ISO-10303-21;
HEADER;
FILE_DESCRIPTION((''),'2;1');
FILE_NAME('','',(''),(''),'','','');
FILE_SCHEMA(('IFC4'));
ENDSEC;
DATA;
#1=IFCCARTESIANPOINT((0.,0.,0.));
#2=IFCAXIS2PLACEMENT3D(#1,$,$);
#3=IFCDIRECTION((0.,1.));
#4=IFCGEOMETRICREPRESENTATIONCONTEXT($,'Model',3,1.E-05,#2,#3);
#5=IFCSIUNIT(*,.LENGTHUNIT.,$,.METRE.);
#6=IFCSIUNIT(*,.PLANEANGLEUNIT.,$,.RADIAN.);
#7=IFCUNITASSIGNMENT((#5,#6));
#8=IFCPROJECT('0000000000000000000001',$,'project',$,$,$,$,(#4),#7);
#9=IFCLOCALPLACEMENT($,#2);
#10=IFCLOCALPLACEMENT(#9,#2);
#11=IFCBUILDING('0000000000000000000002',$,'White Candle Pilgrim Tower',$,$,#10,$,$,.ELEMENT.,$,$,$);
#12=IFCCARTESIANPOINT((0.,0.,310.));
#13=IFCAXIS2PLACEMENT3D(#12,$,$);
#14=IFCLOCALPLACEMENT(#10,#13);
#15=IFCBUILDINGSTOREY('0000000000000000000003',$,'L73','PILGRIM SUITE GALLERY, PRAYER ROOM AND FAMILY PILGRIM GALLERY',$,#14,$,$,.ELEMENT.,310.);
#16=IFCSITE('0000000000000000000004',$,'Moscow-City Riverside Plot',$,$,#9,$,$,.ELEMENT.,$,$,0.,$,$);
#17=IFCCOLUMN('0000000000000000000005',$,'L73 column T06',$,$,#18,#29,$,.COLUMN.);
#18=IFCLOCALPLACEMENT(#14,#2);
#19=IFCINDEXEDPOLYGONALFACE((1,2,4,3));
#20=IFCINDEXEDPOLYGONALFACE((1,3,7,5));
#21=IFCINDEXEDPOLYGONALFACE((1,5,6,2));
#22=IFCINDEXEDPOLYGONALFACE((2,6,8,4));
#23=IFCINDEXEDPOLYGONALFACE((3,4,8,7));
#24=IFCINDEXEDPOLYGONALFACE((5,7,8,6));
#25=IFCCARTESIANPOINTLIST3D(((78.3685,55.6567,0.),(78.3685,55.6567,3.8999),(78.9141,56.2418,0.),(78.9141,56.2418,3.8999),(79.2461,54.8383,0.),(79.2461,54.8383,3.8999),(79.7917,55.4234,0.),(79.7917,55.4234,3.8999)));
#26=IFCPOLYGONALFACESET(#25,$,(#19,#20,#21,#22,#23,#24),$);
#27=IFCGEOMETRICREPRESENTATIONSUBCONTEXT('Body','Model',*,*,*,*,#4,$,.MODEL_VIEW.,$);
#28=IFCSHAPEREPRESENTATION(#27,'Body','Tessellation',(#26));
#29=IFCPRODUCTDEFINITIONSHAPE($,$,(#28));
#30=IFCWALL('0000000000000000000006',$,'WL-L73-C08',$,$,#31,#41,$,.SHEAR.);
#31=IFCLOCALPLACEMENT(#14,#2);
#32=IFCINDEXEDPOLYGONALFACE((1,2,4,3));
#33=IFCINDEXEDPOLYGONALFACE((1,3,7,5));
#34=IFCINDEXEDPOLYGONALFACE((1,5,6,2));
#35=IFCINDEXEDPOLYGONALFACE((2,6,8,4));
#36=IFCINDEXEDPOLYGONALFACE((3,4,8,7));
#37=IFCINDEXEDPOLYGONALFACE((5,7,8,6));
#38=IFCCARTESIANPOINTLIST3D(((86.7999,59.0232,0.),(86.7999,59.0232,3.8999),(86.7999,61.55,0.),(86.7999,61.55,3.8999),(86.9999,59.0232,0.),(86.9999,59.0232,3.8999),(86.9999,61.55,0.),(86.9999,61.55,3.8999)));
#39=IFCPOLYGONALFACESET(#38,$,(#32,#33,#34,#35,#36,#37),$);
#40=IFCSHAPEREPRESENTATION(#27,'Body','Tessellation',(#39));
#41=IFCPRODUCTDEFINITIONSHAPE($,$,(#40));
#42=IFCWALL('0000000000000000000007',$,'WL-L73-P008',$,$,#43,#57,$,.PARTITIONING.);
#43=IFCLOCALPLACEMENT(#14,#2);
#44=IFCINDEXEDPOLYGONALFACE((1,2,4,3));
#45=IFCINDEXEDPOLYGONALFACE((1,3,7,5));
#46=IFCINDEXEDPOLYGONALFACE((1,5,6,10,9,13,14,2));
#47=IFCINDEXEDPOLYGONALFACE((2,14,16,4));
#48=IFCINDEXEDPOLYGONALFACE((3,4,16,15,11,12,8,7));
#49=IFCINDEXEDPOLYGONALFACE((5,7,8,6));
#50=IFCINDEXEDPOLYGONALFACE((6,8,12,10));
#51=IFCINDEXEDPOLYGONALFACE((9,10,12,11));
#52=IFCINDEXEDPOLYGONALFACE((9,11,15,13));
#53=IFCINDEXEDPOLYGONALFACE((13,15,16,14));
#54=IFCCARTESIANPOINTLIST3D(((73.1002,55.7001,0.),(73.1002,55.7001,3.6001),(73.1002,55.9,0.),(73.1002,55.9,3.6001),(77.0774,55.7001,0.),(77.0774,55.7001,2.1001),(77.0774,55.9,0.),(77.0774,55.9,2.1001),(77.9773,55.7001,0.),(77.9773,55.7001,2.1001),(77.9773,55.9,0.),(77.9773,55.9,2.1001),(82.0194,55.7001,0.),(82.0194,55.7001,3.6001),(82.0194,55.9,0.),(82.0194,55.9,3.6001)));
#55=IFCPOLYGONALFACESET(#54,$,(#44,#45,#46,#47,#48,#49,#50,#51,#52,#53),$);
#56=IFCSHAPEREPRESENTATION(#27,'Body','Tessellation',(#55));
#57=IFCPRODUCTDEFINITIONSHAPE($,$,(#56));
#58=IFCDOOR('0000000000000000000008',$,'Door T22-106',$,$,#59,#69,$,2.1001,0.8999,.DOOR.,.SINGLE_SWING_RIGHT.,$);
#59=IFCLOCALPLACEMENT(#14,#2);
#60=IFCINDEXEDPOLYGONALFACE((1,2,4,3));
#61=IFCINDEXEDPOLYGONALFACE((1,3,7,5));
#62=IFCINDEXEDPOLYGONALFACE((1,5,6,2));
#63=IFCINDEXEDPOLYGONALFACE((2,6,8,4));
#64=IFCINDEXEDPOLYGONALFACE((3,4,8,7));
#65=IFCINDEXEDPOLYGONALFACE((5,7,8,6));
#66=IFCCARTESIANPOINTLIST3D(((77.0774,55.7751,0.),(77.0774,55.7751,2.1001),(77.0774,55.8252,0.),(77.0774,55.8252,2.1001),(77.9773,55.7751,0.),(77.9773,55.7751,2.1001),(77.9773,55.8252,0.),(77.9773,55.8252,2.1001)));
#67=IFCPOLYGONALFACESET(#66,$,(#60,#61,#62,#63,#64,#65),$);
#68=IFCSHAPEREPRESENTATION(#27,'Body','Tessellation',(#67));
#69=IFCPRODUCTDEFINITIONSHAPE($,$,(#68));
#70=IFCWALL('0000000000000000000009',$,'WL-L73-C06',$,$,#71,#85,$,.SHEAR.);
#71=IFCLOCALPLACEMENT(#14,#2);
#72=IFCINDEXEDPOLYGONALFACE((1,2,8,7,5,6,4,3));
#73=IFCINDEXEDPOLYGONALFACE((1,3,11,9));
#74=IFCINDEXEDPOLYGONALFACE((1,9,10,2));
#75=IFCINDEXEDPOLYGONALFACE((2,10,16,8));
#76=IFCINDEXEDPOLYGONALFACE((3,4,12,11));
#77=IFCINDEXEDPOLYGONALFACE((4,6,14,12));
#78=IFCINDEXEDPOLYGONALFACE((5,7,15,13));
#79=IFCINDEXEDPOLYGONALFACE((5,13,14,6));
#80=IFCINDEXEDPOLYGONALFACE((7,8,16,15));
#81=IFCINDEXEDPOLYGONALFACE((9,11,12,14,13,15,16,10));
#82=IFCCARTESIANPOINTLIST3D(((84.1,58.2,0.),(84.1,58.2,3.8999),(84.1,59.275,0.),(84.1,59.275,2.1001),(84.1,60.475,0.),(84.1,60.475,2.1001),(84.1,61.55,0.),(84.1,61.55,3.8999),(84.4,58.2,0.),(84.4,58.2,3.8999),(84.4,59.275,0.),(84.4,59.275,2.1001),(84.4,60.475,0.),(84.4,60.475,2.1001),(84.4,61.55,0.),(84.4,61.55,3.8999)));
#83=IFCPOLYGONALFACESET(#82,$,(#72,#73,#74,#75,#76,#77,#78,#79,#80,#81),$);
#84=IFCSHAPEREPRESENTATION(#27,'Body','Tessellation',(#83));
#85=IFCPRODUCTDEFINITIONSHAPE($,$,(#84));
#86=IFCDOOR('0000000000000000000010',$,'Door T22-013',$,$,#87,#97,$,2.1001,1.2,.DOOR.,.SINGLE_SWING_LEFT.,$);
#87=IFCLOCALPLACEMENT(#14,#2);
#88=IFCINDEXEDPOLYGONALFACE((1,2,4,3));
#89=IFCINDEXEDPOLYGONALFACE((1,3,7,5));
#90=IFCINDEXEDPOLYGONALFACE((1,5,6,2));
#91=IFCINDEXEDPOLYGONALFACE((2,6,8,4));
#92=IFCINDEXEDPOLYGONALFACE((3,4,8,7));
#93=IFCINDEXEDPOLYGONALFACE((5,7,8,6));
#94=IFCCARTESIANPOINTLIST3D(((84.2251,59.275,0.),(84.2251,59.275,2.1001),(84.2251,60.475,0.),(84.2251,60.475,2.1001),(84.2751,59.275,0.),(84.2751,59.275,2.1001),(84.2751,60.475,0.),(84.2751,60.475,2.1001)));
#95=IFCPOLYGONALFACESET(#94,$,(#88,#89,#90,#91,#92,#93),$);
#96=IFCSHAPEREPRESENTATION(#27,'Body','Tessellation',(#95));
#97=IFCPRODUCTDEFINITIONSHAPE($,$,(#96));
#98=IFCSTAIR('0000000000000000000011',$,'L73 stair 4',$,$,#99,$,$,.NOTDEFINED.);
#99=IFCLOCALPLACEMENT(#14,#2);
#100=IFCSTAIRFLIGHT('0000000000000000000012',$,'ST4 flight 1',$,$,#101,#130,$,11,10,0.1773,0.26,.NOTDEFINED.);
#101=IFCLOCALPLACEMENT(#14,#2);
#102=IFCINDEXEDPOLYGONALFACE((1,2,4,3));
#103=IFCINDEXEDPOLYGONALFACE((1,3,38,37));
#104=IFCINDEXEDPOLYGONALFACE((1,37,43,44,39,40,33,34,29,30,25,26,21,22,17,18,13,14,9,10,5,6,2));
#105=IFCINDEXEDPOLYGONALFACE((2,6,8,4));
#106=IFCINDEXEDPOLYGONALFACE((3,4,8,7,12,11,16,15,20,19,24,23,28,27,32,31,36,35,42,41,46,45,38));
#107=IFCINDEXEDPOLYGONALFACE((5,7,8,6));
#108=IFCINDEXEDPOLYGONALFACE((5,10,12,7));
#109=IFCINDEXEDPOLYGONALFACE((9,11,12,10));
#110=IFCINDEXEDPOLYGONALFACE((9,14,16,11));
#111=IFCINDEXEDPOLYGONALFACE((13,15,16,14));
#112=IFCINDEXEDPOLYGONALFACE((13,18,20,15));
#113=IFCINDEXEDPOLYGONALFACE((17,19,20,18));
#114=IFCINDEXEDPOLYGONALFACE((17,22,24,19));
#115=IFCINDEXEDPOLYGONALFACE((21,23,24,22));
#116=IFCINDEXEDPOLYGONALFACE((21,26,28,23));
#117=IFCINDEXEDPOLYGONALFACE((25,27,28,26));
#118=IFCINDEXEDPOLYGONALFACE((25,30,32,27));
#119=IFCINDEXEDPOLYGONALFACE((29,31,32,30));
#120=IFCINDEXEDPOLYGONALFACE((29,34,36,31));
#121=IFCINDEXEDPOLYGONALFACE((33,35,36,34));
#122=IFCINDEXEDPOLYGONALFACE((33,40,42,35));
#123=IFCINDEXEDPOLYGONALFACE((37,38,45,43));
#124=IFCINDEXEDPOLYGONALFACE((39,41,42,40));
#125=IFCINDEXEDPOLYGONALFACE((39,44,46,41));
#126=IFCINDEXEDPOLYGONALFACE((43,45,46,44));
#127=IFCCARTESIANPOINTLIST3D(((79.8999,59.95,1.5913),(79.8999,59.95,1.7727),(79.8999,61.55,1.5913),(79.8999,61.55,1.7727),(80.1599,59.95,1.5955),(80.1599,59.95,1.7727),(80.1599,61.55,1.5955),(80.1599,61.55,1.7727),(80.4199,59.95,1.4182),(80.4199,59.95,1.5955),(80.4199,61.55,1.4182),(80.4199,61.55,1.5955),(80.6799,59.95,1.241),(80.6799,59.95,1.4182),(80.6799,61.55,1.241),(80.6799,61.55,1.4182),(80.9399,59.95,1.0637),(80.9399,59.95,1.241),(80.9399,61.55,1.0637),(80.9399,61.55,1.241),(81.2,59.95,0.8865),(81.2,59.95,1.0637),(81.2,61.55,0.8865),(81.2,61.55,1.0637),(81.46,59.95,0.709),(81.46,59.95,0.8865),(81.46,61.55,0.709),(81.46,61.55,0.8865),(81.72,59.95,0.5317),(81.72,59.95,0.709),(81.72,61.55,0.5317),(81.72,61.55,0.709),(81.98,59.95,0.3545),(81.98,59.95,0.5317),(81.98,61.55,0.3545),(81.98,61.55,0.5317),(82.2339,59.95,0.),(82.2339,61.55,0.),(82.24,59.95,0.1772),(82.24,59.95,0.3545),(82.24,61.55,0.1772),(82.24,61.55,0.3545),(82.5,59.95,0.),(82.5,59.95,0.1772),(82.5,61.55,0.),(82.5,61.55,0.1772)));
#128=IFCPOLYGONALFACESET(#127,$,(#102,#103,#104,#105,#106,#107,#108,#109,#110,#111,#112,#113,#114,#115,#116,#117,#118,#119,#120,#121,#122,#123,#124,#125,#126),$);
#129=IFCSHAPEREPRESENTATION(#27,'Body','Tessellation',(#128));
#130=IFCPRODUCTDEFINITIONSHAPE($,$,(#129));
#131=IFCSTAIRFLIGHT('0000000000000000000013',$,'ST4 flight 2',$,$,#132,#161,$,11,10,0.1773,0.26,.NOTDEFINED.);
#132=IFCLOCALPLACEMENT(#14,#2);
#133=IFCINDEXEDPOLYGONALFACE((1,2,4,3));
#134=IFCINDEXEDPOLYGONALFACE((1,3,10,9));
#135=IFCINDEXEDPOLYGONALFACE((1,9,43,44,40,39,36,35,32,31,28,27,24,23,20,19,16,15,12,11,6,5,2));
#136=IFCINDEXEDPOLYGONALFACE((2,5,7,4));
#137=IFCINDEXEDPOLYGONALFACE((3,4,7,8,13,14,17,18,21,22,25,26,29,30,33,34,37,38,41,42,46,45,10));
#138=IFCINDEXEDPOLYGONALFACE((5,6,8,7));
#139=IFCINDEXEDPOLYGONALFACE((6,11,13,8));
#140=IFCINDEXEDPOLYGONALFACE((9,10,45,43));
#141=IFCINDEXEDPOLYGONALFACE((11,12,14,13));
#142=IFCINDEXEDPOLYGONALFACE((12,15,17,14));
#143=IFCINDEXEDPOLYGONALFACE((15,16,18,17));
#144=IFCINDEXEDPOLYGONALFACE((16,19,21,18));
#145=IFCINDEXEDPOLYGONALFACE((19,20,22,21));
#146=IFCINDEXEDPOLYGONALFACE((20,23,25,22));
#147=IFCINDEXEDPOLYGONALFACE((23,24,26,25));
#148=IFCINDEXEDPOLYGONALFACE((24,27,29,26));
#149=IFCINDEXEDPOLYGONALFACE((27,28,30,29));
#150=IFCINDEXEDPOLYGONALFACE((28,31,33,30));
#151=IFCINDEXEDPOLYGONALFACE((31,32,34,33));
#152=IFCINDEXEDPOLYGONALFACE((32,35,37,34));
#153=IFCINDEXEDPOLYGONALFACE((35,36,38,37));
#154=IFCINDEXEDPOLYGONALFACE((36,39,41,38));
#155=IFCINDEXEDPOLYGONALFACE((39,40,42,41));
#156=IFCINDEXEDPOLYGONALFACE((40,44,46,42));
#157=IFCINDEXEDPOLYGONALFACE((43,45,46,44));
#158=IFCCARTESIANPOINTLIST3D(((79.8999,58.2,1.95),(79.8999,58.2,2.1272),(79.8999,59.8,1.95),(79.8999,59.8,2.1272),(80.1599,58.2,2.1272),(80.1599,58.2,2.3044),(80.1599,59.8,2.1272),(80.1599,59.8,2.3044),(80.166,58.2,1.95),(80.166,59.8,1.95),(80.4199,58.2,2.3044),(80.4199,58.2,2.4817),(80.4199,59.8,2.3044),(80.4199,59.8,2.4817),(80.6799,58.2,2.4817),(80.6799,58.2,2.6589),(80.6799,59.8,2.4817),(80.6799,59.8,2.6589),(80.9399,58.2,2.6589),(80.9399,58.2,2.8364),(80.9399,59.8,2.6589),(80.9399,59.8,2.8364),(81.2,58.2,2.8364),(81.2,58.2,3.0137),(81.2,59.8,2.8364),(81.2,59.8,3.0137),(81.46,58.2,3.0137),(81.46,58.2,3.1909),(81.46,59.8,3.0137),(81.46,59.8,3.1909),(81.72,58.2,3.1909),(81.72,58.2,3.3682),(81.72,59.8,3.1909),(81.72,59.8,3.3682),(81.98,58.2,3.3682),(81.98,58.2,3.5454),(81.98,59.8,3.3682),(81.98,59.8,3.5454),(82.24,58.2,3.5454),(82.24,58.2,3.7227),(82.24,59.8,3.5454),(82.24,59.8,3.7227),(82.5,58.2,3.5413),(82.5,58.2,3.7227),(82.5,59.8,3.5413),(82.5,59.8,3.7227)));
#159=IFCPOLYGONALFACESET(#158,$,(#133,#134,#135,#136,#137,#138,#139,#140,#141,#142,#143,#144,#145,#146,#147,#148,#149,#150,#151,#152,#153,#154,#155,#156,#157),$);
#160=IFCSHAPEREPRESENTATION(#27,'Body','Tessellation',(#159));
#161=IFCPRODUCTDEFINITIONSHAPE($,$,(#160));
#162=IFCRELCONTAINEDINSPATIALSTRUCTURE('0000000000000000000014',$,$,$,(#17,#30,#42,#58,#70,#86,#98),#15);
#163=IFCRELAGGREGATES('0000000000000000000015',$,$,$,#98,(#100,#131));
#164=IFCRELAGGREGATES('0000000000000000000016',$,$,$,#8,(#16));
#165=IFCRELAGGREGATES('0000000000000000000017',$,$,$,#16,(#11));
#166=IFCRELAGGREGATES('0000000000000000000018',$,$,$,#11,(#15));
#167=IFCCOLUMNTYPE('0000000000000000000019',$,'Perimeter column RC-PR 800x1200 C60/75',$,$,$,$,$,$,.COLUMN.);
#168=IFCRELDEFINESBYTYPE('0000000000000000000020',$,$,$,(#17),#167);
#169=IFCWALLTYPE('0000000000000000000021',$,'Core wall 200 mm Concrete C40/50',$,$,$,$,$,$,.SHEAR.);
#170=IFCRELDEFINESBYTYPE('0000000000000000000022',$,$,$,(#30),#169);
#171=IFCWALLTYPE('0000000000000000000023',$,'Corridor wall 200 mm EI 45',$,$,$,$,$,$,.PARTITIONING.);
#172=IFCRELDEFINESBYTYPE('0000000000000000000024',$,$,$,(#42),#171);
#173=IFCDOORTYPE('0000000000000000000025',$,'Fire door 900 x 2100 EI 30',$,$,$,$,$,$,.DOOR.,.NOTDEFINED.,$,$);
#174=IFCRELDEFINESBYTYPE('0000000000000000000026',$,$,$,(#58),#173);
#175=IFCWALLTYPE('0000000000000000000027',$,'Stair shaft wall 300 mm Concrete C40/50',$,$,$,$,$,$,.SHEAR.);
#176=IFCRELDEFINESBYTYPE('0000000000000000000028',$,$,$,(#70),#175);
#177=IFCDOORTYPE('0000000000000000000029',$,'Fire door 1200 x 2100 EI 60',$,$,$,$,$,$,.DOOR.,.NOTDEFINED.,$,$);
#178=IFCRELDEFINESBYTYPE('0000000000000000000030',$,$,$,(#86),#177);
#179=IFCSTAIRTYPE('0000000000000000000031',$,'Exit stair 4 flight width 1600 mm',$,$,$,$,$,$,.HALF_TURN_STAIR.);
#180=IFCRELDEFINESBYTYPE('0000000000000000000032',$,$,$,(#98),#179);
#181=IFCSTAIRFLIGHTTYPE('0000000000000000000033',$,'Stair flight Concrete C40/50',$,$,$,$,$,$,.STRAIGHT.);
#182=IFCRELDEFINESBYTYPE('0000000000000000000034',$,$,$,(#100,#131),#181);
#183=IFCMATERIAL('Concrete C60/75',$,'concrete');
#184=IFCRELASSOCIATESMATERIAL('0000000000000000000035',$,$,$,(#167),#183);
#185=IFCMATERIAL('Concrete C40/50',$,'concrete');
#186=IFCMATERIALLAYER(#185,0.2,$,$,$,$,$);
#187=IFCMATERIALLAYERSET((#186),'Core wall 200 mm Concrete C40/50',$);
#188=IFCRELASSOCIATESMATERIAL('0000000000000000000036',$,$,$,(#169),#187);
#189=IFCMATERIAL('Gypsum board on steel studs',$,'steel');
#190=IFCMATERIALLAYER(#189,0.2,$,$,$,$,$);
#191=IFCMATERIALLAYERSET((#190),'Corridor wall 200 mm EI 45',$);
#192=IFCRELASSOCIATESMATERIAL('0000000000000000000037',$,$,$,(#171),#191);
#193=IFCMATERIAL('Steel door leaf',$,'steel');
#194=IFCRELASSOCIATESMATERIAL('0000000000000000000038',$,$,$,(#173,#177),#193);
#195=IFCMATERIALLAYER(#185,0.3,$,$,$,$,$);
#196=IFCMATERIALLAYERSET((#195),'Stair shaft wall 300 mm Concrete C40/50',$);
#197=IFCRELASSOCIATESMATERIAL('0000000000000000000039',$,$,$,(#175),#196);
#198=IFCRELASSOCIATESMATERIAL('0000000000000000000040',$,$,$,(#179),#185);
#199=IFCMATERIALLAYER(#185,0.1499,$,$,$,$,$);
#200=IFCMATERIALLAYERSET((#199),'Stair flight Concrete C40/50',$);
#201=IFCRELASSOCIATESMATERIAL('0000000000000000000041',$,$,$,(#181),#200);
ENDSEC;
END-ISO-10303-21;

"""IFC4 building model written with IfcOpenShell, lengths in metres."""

from ifc_helpers import new_model, si_unit, direction, frame, frame_2d, origin, origin_2d, place, context, subcontext, project, spatial, polyline, rectangle, outline, extrude, material, layer, layer_set, material_profile, profile_set, type_object, element, fill, aggregate, save


model = new_model("IFC4")

# Units and contexts
model_context = context("Model", 3, precision=1e-05, world=origin(), true_north=direction((0.0, 1.0)))
body_context = subcontext(model_context, "Body", "Model", "MODEL_VIEW")
ifc_project = project(units=[si_unit("LENGTHUNIT", "METRE"), si_unit("PLANEANGLEUNIT", "RADIAN")], contexts=[model_context])

# Site, building, storey
site_placement = place(None, origin())
site = spatial("IfcSite", under=ifc_project, at=site_placement, Name="Moscow-City Riverside Plot", CompositionType="ELEMENT", RefElevation=0.0)
building_placement = place(site_placement, origin())
building = spatial("IfcBuilding", under=site, at=building_placement, Name="White Candle Pilgrim Tower", CompositionType="ELEMENT")
storey_placement = place(building_placement, frame((0.0, 0.0, 310.0)))
storey = spatial("IfcBuildingStorey", under=building, at=storey_placement, Name="L73", Description="PILGRIM SUITE GALLERY, PRAYER ROOM AND FAMILY PILGRIM GALLERY", CompositionType="ELEMENT", Elevation=310.0)

# Column
ifc_material_1 = material(Name="Concrete C60/75", Category="concrete")
ifc_material_profile = material_profile(ifc_material_1, rectangle(XDim=0.8, YDim=1.2, at=origin_2d()), Name="RC-PR 800x1200")
ifc_profile_set = profile_set([ifc_material_profile], Name="Concrete C60/75")
column_type = type_object("IfcColumnType", Name="Perimeter column RC-PR 800x1200 C60/75", PredefinedType="COLUMN", material=ifc_profile_set)
column_placement = place(storey_placement, frame((79.0801, 55.54, 0.0), z_axis=(0.0, 0.0, 1.0), x_axis=(-0.681998, -0.731354, 0.0)))
element("IfcColumn", 1, at=column_placement, inside=storey, type_object=column_type, Name="L73 column T06", PredefinedType="COLUMN", context=body_context, shape_type="SweptSolid", body=[
    extrude(rectangle(XDim=0.8, YDim=1.2, at=origin_2d()), origin(), (0.0, 0.0, 1.0), 3.8999),
])

# Wall
ifc_material_2 = material(Name="Concrete C40/50", Category="concrete")
ifc_layer_1 = layer(ifc_material_2, 0.2)
ifc_layer_set_1 = layer_set([ifc_layer_1], Name="Core wall 200 mm Concrete C40/50")
wall_type_1 = type_object("IfcWallType", Name="Core wall 200 mm Concrete C40/50", PredefinedType="SHEAR", material=ifc_layer_set_1)
wall_1_placement = place(storey_placement, frame((86.8999, 59.0232, 0.0), z_axis=(0.0, 0.0, 1.0), x_axis=(0.0, 1.0, 0.0)))
element("IfcWall", 2, at=wall_1_placement, inside=storey, type_object=wall_type_1, Name="WL-L73-C08", PredefinedType="SHEAR", context=body_context, shape_type="SweptSolid", body=[
    extrude(rectangle(XDim=2.5269, YDim=0.2, at=frame_2d((1.2634, 0.0))), origin(), (0.0, 0.0, 1.0), 3.8999),
])

# Walls, openings, doors
ifc_material_3 = material(Name="Gypsum board on steel studs", Category="steel")
ifc_layer_2 = layer(ifc_material_3, 0.2)
ifc_layer_set_2 = layer_set([ifc_layer_2], Name="Corridor wall 200 mm EI 45")
wall_type_2 = type_object("IfcWallType", Name="Corridor wall 200 mm EI 45", PredefinedType="PARTITIONING", material=ifc_layer_set_2)
wall_2_placement = place(storey_placement, frame((82.0193, 55.8, 0.0), z_axis=(0.0, 0.0, 1.0), x_axis=(-1.0, 0.0, 0.0)))
wall_2 = element("IfcWall", 3, at=wall_2_placement, inside=storey, type_object=wall_type_2, Name="WL-L73-P008", PredefinedType="PARTITIONING", context=body_context, shape_type="SweptSolid", body=[
    extrude(rectangle(XDim=8.9192, YDim=0.2, at=frame_2d((4.4595, 0.0))), origin(), (0.0, 0.0, 1.0), 3.6001),
])
opening_1_placement = place(wall_2_placement, frame((4.042, 0.0, 0.0)))
opening_1 = element("IfcOpeningElement", 4, at=opening_1_placement, cuts=wall_2, PredefinedType="OPENING", context=body_context, shape_type="SweptSolid", body=[
    extrude(rectangle(XDim=0.8999, YDim=2.1001, at=frame_2d((0.45, 1.05))), frame((0.0, 0.1099, 0.0), z_axis=(0.0, -1.0, 0.0), x_axis=(1.0, 0.0, 0.0)), (0.0, 0.0, 1.0), 0.22),
])
ifc_material_4 = material(Name="Steel door leaf", Category="steel")
door_type_1 = type_object("IfcDoorType", Name="Fire door 900 x 2100 EI 30", OperationType="NOTDEFINED", PredefinedType="DOOR", material=ifc_material_4)
door_1_placement = place(opening_1_placement, origin())
door_1 = element("IfcDoor", 5, at=door_1_placement, inside=storey, type_object=door_type_1, Name="Door T22-106", OperationType="SINGLE_SWING_RIGHT", OverallHeight=2.1001, OverallWidth=0.8999, PredefinedType="DOOR", context=body_context, shape_type="SweptSolid", body=[
    extrude(rectangle(XDim=0.8999, YDim=2.1001, at=frame_2d((0.45, 1.05))), frame((0.0, 0.0249, 0.0), z_axis=(0.0, -1.0, 0.0), x_axis=(1.0, 0.0, 0.0)), (0.0, 0.0, 1.0), 0.05),
])
fill(opening_1, door_1)
ifc_layer_3 = layer(ifc_material_2, 0.3)
ifc_layer_set_3 = layer_set([ifc_layer_3], Name="Stair shaft wall 300 mm Concrete C40/50")
wall_type_3 = type_object("IfcWallType", Name="Stair shaft wall 300 mm Concrete C40/50", PredefinedType="SHEAR", material=ifc_layer_set_3)
wall_3_placement = place(storey_placement, frame((84.25, 58.2, 0.0), z_axis=(0.0, 0.0, 1.0), x_axis=(0.0, 1.0, 0.0)))
wall_3 = element("IfcWall", 6, at=wall_3_placement, inside=storey, type_object=wall_type_3, Name="WL-L73-C06", PredefinedType="SHEAR", context=body_context, shape_type="SweptSolid", body=[
    extrude(rectangle(XDim=3.3501, YDim=0.3, at=frame_2d((1.675, 0.0))), origin(), (0.0, 0.0, 1.0), 3.8999),
])
opening_2_placement = place(wall_3_placement, frame((1.075, 0.0, 0.0)))
opening_2 = element("IfcOpeningElement", 7, at=opening_2_placement, cuts=wall_3, PredefinedType="OPENING", context=body_context, shape_type="SweptSolid", body=[
    extrude(rectangle(XDim=1.2, YDim=2.1001, at=frame_2d((0.6001, 1.05))), frame((0.0, 0.1599, 0.0), z_axis=(0.0, -1.0, 0.0), x_axis=(1.0, 0.0, 0.0)), (0.0, 0.0, 1.0), 0.3201),
])
door_type_2 = type_object("IfcDoorType", Name="Fire door 1200 x 2100 EI 60", OperationType="NOTDEFINED", PredefinedType="DOOR", material=ifc_material_4)
door_2_placement = place(opening_2_placement, origin())
door_2 = element("IfcDoor", 8, at=door_2_placement, inside=storey, type_object=door_type_2, Name="Door T22-013", OperationType="SINGLE_SWING_LEFT", OverallHeight=2.1001, OverallWidth=1.2, PredefinedType="DOOR", context=body_context, shape_type="SweptSolid", body=[
    extrude(rectangle(XDim=1.2, YDim=2.1001, at=frame_2d((0.6001, 1.05))), frame((0.0, 0.0249, 0.0), z_axis=(0.0, -1.0, 0.0), x_axis=(1.0, 0.0, 0.0)), (0.0, 0.0, 1.0), 0.05),
])
fill(opening_2, door_2)

# Stair, stair flights
stair_type = type_object("IfcStairType", Name="Exit stair 4 flight width 1600 mm", PredefinedType="HALF_TURN_STAIR", material=ifc_material_2)
stair_placement = place(storey_placement, origin())
stair = element("IfcStair", 9, at=stair_placement, inside=storey, type_object=stair_type, Name="L73 stair 4", PredefinedType="NOTDEFINED")
ifc_layer_4 = layer(ifc_material_2, 0.1499)
ifc_layer_set_4 = layer_set([ifc_layer_4], Name="Stair flight Concrete C40/50")
stair_flight_type = type_object("IfcStairFlightType", Name="Stair flight Concrete C40/50", PredefinedType="STRAIGHT", material=ifc_layer_set_4)
stair_flight_1_placement = place(storey_placement, frame((82.5, 60.75, 0.0), z_axis=(0.0, 0.0, 1.0), x_axis=(-1.0, 0.0, 0.0)))
stair_flight_1 = element("IfcStairFlight", 10, at=stair_flight_1_placement, type_object=stair_flight_type, Name="ST4 flight 1", NumberOfRisers=11, NumberOfTreads=10, PredefinedType="NOTDEFINED", RiserHeight=0.1773, TreadLength=0.26, context=body_context, shape_type="SweptSolid", body=[
    extrude(outline(polyline([(0.0, 0.0), (0.0, 0.1772), (0.26, 0.1772), (0.26, 0.3545), (0.52, 0.3545), (0.52, 0.5317), (0.78, 0.5317), (0.78, 0.709), (1.04, 0.709), (1.04, 0.8865), (1.3, 0.8865), (1.3, 1.0637), (1.5601, 1.0637), (1.5601, 1.241), (1.8201, 1.241), (1.8201, 1.4182), (2.0801, 1.4182), (2.0801, 1.5955), (2.3401, 1.5955), (2.3401, 1.7727), (2.6001, 1.7727), (2.6001, 1.95), (2.6001, 1.5913), (0.2661, 0.0), (0.0, 0.0)])), frame((0.0, 0.8, 0.0), z_axis=(0.0, -1.0, 0.0), x_axis=(1.0, 0.0, 0.0)), (0.0, 0.0, 1.0), 1.6001),
])
stair_flight_2_placement = place(storey_placement, frame((79.8999, 59.0, 1.95), z_axis=(0.0, 0.0, 1.0), x_axis=(1.0, 0.0, 0.0)))
stair_flight_2 = element("IfcStairFlight", 11, at=stair_flight_2_placement, type_object=stair_flight_type, Name="ST4 flight 2", NumberOfRisers=11, NumberOfTreads=10, PredefinedType="NOTDEFINED", RiserHeight=0.1773, TreadLength=0.26, context=body_context, shape_type="SweptSolid", body=[
    extrude(outline(polyline([(0.0, 0.0), (0.0, 0.1772), (0.26, 0.1772), (0.26, 0.3545), (0.52, 0.3545), (0.52, 0.5317), (0.78, 0.5317), (0.78, 0.709), (1.04, 0.709), (1.04, 0.8865), (1.3, 0.8865), (1.3, 1.0637), (1.5601, 1.0637), (1.5601, 1.241), (1.8201, 1.241), (1.8201, 1.4182), (2.0801, 1.4182), (2.0801, 1.5955), (2.3401, 1.5955), (2.3401, 1.7727), (2.6001, 1.7727), (2.6001, 1.95), (2.6001, 1.5913), (0.2661, 0.0), (0.0, 0.0)])), frame((0.0, 0.8, 0.0), z_axis=(0.0, -1.0, 0.0), x_axis=(1.0, 0.0, 0.0)), (0.0, 0.0, 1.0), 1.6001),
])
aggregate(stair, [stair_flight_1, stair_flight_2])

save(model, "model.ifc")
